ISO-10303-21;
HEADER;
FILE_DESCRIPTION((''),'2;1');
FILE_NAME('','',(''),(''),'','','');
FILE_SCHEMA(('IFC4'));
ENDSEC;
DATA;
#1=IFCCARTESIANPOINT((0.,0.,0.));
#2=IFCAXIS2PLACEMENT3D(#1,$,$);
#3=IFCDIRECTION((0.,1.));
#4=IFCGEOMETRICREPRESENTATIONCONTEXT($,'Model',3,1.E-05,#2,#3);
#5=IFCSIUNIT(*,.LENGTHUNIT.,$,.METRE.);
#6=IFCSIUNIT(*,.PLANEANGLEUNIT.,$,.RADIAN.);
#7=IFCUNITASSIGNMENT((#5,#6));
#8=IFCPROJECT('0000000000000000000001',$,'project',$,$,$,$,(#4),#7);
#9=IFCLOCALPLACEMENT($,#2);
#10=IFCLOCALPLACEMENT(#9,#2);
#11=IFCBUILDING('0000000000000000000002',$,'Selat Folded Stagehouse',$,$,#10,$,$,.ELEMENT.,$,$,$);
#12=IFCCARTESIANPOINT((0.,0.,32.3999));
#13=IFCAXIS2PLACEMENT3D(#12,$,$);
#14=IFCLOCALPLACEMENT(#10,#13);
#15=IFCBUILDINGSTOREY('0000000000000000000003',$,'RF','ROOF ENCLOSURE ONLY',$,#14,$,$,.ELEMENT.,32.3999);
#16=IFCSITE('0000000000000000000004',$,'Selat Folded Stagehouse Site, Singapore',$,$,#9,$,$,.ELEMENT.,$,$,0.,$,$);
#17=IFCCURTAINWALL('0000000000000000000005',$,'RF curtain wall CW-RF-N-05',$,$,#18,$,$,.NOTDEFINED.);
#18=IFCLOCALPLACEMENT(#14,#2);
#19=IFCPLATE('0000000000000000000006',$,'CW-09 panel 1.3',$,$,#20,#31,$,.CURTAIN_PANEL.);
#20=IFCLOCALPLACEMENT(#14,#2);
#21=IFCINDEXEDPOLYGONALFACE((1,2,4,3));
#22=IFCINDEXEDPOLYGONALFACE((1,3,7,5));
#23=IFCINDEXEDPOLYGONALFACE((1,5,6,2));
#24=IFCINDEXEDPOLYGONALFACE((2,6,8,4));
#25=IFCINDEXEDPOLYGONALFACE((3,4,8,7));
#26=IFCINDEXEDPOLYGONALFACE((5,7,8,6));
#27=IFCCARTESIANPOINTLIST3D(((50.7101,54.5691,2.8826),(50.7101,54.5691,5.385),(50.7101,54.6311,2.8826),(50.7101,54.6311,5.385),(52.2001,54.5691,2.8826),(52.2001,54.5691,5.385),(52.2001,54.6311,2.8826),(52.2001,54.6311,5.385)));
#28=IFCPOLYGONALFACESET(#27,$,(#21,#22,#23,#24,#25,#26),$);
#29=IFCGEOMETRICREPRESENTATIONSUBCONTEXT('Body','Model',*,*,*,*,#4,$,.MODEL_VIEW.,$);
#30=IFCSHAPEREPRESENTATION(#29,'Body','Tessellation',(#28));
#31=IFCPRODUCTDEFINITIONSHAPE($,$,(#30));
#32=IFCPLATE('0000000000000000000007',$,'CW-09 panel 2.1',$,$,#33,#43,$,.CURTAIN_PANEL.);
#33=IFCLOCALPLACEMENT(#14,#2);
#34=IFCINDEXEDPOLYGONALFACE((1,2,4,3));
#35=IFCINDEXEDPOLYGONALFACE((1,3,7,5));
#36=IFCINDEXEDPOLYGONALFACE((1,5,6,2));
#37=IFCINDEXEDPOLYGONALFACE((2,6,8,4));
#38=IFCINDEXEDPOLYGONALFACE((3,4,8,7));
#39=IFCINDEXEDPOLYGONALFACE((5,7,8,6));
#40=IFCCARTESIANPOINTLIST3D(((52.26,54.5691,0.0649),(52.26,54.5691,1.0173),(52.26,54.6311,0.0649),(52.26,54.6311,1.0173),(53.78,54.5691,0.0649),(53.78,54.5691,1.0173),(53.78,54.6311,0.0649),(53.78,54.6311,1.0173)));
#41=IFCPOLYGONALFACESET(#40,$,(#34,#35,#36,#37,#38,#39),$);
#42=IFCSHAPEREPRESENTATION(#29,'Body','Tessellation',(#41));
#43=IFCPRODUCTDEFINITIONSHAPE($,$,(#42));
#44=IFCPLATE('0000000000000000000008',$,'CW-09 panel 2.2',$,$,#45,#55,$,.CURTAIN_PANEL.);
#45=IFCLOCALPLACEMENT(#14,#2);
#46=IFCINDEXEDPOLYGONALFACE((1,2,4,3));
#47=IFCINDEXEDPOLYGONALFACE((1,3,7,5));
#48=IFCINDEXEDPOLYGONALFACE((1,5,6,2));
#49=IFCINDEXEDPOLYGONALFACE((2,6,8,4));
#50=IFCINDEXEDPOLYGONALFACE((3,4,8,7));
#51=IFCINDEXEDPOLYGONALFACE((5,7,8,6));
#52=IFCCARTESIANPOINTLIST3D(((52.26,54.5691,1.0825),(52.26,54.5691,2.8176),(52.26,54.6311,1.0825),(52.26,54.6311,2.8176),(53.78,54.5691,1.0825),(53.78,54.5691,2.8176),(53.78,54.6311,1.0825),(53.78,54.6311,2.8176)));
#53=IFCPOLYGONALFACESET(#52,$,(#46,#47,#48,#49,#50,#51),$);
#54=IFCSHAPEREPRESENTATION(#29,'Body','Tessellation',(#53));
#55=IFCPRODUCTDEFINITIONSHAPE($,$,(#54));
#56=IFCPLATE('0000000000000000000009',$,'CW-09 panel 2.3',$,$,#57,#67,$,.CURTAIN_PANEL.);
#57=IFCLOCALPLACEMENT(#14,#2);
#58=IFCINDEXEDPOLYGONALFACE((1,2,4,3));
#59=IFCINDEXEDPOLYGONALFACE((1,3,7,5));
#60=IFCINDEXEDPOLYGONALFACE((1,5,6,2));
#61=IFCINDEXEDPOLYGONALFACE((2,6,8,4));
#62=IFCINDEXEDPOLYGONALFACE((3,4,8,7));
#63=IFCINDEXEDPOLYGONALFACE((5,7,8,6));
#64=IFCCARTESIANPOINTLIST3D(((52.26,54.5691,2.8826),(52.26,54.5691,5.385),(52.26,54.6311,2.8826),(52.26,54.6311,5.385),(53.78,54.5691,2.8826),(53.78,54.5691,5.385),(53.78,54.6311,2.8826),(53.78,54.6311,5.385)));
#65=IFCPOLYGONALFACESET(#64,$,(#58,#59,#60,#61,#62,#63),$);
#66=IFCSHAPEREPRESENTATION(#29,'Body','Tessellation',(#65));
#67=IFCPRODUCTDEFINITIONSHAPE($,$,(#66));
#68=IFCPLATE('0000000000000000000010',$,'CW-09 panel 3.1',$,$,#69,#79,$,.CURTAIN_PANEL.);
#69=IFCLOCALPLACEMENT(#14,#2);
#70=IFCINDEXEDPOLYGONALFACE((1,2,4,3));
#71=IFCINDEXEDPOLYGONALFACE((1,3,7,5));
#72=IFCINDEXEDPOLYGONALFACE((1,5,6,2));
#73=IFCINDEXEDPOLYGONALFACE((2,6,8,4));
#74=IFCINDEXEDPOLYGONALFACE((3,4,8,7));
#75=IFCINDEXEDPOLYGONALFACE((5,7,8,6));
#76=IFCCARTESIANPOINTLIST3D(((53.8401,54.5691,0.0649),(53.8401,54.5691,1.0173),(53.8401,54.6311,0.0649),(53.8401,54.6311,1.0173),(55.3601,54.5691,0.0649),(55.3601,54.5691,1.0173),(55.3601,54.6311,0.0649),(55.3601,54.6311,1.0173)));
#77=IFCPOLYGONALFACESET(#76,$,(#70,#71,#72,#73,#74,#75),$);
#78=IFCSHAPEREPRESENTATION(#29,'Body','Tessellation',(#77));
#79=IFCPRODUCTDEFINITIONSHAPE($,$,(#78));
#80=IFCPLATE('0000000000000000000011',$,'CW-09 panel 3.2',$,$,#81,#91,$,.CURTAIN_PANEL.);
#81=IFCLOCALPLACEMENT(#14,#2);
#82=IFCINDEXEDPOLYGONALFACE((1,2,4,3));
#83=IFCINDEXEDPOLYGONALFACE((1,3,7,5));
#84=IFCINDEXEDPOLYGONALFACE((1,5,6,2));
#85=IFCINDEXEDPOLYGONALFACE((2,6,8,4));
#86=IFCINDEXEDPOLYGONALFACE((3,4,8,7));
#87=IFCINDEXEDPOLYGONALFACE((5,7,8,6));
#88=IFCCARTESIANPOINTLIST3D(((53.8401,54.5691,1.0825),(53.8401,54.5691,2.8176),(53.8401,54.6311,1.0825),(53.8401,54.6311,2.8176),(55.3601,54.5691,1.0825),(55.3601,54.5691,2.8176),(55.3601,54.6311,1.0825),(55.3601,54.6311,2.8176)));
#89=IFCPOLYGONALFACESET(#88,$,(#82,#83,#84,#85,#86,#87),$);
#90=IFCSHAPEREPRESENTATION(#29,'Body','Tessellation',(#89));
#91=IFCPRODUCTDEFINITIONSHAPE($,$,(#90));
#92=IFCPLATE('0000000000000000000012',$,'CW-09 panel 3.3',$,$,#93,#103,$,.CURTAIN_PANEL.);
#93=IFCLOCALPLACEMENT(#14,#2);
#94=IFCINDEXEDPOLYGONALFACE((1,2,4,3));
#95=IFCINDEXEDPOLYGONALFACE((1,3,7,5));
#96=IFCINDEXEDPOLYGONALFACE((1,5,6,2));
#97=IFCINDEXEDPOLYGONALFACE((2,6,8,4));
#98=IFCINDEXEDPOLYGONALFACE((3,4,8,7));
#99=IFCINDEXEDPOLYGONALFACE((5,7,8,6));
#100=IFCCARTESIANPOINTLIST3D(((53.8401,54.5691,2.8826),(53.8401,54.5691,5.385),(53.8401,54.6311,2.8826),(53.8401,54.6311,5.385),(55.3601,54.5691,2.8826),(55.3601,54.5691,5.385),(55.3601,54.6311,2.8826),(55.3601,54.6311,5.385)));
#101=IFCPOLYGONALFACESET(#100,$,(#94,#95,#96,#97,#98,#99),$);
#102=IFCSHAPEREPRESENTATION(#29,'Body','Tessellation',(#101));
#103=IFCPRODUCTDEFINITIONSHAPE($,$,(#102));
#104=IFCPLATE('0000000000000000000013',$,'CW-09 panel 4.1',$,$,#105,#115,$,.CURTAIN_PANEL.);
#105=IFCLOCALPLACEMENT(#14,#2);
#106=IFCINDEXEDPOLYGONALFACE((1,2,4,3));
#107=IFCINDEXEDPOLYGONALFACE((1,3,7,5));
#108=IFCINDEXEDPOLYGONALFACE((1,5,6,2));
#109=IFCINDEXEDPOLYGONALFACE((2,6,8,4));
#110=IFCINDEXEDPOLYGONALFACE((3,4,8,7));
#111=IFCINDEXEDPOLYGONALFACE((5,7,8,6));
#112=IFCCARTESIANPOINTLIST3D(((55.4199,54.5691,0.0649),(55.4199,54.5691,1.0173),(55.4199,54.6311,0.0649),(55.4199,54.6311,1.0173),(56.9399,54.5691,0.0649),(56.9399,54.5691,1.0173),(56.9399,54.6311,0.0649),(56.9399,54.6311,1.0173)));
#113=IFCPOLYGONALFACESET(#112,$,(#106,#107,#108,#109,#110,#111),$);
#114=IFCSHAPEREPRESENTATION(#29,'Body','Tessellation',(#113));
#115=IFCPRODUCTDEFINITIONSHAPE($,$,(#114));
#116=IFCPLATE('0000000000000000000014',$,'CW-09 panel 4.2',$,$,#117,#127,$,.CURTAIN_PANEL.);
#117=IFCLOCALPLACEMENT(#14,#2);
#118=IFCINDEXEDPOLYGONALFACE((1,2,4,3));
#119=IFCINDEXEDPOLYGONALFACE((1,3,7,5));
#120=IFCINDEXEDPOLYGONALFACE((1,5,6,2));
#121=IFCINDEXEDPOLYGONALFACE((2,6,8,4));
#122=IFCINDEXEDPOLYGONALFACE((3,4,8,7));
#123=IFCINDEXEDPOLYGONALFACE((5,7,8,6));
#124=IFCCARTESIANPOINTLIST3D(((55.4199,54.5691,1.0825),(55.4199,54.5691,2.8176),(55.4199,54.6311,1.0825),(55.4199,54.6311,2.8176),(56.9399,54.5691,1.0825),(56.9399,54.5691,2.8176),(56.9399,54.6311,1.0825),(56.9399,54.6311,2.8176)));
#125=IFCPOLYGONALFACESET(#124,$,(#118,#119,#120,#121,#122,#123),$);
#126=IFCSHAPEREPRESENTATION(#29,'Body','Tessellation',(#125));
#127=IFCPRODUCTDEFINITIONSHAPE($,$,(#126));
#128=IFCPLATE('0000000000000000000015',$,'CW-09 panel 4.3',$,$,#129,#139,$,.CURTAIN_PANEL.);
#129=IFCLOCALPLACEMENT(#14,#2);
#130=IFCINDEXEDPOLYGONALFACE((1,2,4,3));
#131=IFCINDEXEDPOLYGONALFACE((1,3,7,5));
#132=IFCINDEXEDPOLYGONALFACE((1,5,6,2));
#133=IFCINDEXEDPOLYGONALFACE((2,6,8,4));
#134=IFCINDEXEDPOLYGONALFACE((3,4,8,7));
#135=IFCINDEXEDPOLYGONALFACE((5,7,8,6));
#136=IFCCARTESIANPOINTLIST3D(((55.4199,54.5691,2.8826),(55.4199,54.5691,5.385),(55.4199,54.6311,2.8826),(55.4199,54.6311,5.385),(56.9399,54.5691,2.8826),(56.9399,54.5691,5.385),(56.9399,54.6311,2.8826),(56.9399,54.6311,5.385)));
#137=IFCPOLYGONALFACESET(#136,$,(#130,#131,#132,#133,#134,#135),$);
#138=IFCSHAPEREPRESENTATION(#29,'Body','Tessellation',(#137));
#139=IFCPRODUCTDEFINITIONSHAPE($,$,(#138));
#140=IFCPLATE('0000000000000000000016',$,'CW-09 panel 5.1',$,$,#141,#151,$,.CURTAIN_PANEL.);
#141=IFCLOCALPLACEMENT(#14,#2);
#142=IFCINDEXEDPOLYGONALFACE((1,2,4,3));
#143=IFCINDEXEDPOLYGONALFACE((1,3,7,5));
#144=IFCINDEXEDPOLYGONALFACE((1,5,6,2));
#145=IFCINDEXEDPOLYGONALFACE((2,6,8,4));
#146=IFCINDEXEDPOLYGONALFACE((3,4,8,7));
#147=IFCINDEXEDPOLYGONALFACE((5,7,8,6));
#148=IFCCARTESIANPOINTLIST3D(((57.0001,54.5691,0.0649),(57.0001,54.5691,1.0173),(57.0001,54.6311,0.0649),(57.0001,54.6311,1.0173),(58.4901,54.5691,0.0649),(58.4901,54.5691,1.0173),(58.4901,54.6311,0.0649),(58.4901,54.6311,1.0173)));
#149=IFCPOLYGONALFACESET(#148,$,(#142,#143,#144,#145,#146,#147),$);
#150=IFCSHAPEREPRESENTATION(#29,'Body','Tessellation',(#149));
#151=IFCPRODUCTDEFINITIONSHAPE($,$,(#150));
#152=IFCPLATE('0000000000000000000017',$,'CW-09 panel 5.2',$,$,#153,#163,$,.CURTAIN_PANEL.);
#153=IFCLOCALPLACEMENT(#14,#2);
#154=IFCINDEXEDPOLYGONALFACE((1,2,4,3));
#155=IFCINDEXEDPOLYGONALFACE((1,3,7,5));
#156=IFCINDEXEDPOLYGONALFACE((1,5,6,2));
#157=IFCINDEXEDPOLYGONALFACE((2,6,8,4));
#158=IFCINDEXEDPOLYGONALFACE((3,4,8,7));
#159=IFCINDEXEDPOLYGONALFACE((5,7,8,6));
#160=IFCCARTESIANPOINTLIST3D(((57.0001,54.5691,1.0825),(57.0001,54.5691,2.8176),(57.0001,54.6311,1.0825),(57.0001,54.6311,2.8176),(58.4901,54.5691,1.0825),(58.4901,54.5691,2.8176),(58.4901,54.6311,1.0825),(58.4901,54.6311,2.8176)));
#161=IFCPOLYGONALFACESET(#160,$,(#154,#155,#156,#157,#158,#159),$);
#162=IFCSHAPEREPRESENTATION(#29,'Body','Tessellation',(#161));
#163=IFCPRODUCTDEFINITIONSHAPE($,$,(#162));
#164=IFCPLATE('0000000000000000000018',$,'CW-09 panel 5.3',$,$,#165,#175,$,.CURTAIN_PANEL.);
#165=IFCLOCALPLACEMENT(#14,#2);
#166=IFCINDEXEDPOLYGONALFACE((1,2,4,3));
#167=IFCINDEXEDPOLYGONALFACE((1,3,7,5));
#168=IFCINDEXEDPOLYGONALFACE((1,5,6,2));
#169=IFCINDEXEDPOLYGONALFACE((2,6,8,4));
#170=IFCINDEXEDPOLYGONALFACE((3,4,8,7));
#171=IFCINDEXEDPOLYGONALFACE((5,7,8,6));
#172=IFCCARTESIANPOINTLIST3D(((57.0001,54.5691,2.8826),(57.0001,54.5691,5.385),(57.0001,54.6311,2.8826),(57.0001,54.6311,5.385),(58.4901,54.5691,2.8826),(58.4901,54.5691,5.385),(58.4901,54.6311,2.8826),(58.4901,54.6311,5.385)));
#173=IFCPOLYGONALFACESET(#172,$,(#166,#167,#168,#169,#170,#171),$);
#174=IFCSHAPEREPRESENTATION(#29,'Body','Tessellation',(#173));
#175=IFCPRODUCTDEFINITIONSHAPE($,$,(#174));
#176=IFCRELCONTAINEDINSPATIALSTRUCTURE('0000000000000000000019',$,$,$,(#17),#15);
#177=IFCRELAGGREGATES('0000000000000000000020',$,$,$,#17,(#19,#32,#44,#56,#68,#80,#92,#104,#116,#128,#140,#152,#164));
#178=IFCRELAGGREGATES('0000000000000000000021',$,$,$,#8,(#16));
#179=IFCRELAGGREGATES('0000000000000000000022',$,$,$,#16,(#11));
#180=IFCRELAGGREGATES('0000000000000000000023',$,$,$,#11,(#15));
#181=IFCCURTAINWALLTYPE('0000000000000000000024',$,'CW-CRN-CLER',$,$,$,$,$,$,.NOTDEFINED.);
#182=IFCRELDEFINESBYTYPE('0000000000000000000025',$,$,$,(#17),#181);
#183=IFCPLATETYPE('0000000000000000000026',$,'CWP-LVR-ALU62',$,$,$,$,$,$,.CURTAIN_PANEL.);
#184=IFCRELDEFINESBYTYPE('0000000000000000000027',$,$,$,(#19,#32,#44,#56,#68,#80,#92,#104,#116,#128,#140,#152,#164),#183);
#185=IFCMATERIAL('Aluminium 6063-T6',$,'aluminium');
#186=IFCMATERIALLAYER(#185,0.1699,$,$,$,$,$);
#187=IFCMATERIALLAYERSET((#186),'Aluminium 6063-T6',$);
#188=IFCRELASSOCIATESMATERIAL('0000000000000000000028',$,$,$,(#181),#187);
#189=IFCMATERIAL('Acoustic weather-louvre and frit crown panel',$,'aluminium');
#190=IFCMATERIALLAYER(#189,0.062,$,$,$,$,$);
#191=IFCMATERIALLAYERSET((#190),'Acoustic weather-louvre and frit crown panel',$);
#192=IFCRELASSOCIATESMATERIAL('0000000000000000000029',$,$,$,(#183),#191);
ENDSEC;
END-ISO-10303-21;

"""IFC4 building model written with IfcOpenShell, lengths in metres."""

from ifc_helpers import new_model, si_unit, direction, frame, origin, origin_2d, place, context, subcontext, project, spatial, rectangle, extrude, material, layer, layer_set, type_object, element, aggregate, save


model = new_model("IFC4")

# Units and contexts
model_context = context("Model", 3, precision=1e-05, world=origin(), true_north=direction((0.0, 1.0)))
body_context = subcontext(model_context, "Body", "Model", "MODEL_VIEW")
ifc_project = project(units=[si_unit("LENGTHUNIT", "METRE"), si_unit("PLANEANGLEUNIT", "RADIAN")], contexts=[model_context])

# Site, building, storey
site_placement = place(None, origin())
site = spatial("IfcSite", under=ifc_project, at=site_placement, Name="Selat Folded Stagehouse Site, Singapore", CompositionType="ELEMENT", RefElevation=0.0)
building_placement = place(site_placement, origin())
building = spatial("IfcBuilding", under=site, at=building_placement, Name="Selat Folded Stagehouse", CompositionType="ELEMENT")
storey_placement = place(building_placement, frame((0.0, 0.0, 32.3999)))
storey = spatial("IfcBuildingStorey", under=building, at=storey_placement, Name="RF", Description="ROOF ENCLOSURE ONLY", CompositionType="ELEMENT", Elevation=32.3999)

# Curtain wall, plates
ifc_material_1 = material(Name="Aluminium 6063-T6", Category="aluminium")
ifc_layer_1 = layer(ifc_material_1, 0.1699)
ifc_layer_set_1 = layer_set([ifc_layer_1], Name="Aluminium 6063-T6")
curtain_wall_type = type_object("IfcCurtainWallType", Name="CW-CRN-CLER", PredefinedType="NOTDEFINED", material=ifc_layer_set_1)
curtain_wall_placement = place(storey_placement, origin())
curtain_wall = element("IfcCurtainWall", 1, at=curtain_wall_placement, inside=storey, type_object=curtain_wall_type, Name="RF curtain wall CW-RF-N-05", PredefinedType="NOTDEFINED")
ifc_material_2 = material(Name="Acoustic weather-louvre and frit crown panel", Category="aluminium")
ifc_layer_2 = layer(ifc_material_2, 0.062)
ifc_layer_set_2 = layer_set([ifc_layer_2], Name="Acoustic weather-louvre and frit crown panel")
plate_type = type_object("IfcPlateType", Name="CWP-LVR-ALU62", PredefinedType="CURTAIN_PANEL", material=ifc_layer_set_2)
plate_1_placement = place(storey_placement, frame((51.4551, 54.6001, 2.8826), z_axis=(0.0, 0.0, 1.0), x_axis=(1.0, 0.0, 0.0)))
plate_1 = element("IfcPlate", 2, at=plate_1_placement, type_object=plate_type, Name="CW-09 panel 1.3", PredefinedType="CURTAIN_PANEL", context=body_context, shape_type="SweptSolid", body=[
    extrude(rectangle(XDim=1.49, YDim=0.062, at=origin_2d()), origin(), (0.0, 0.0, 1.0), 2.5024),
])
plate_2_placement = place(storey_placement, frame((53.02, 54.6001, 0.0649), z_axis=(0.0, 0.0, 1.0), x_axis=(1.0, 0.0, 0.0)))
plate_2 = element("IfcPlate", 3, at=plate_2_placement, type_object=plate_type, Name="CW-09 panel 2.1", PredefinedType="CURTAIN_PANEL", context=body_context, shape_type="SweptSolid", body=[
    extrude(rectangle(XDim=1.52, YDim=0.062, at=origin_2d()), origin(), (0.0, 0.0, 1.0), 0.9524),
])
plate_3_placement = place(storey_placement, frame((53.02, 54.6001, 1.0825), z_axis=(0.0, 0.0, 1.0), x_axis=(1.0, 0.0, 0.0)))
plate_3 = element("IfcPlate", 4, at=plate_3_placement, type_object=plate_type, Name="CW-09 panel 2.2", PredefinedType="CURTAIN_PANEL", context=body_context, shape_type="SweptSolid", body=[
    extrude(rectangle(XDim=1.52, YDim=0.062, at=origin_2d()), origin(), (0.0, 0.0, 1.0), 1.7351),
])
plate_4_placement = place(storey_placement, frame((53.02, 54.6001, 2.8826), z_axis=(0.0, 0.0, 1.0), x_axis=(1.0, 0.0, 0.0)))
plate_4 = element("IfcPlate", 5, at=plate_4_placement, type_object=plate_type, Name="CW-09 panel 2.3", PredefinedType="CURTAIN_PANEL", context=body_context, shape_type="SweptSolid", body=[
    extrude(rectangle(XDim=1.52, YDim=0.062, at=origin_2d()), origin(), (0.0, 0.0, 1.0), 2.5024),
])
plate_5_placement = place(storey_placement, frame((54.6001, 54.6001, 0.0649), z_axis=(0.0, 0.0, 1.0), x_axis=(1.0, 0.0, 0.0)))
plate_5 = element("IfcPlate", 6, at=plate_5_placement, type_object=plate_type, Name="CW-09 panel 3.1", PredefinedType="CURTAIN_PANEL", context=body_context, shape_type="SweptSolid", body=[
    extrude(rectangle(XDim=1.52, YDim=0.062, at=origin_2d()), origin(), (0.0, 0.0, 1.0), 0.9524),
])
plate_6_placement = place(storey_placement, frame((54.6001, 54.6001, 1.0825), z_axis=(0.0, 0.0, 1.0), x_axis=(1.0, 0.0, 0.0)))
plate_6 = element("IfcPlate", 7, at=plate_6_placement, type_object=plate_type, Name="CW-09 panel 3.2", PredefinedType="CURTAIN_PANEL", context=body_context, shape_type="SweptSolid", body=[
    extrude(rectangle(XDim=1.52, YDim=0.062, at=origin_2d()), origin(), (0.0, 0.0, 1.0), 1.7351),
])
plate_7_placement = place(storey_placement, frame((54.6001, 54.6001, 2.8826), z_axis=(0.0, 0.0, 1.0), x_axis=(1.0, 0.0, 0.0)))
plate_7 = element("IfcPlate", 8, at=plate_7_placement, type_object=plate_type, Name="CW-09 panel 3.3", PredefinedType="CURTAIN_PANEL", context=body_context, shape_type="SweptSolid", body=[
    extrude(rectangle(XDim=1.52, YDim=0.062, at=origin_2d()), origin(), (0.0, 0.0, 1.0), 2.5024),
])
plate_8_placement = place(storey_placement, frame((56.1799, 54.6001, 0.0649), z_axis=(0.0, 0.0, 1.0), x_axis=(1.0, 0.0, 0.0)))
plate_8 = element("IfcPlate", 9, at=plate_8_placement, type_object=plate_type, Name="CW-09 panel 4.1", PredefinedType="CURTAIN_PANEL", context=body_context, shape_type="SweptSolid", body=[
    extrude(rectangle(XDim=1.52, YDim=0.062, at=origin_2d()), origin(), (0.0, 0.0, 1.0), 0.9524),
])
plate_9_placement = place(storey_placement, frame((56.1799, 54.6001, 1.0825), z_axis=(0.0, 0.0, 1.0), x_axis=(1.0, 0.0, 0.0)))
plate_9 = element("IfcPlate", 10, at=plate_9_placement, type_object=plate_type, Name="CW-09 panel 4.2", PredefinedType="CURTAIN_PANEL", context=body_context, shape_type="SweptSolid", body=[
    extrude(rectangle(XDim=1.52, YDim=0.062, at=origin_2d()), origin(), (0.0, 0.0, 1.0), 1.7351),
])
plate_10_placement = place(storey_placement, frame((56.1799, 54.6001, 2.8826), z_axis=(0.0, 0.0, 1.0), x_axis=(1.0, 0.0, 0.0)))
plate_10 = element("IfcPlate", 11, at=plate_10_placement, type_object=plate_type, Name="CW-09 panel 4.3", PredefinedType="CURTAIN_PANEL", context=body_context, shape_type="SweptSolid", body=[
    extrude(rectangle(XDim=1.52, YDim=0.062, at=origin_2d()), origin(), (0.0, 0.0, 1.0), 2.5024),
])
plate_11_placement = place(storey_placement, frame((57.7451, 54.6001, 0.0649), z_axis=(0.0, 0.0, 1.0), x_axis=(1.0, 0.0, 0.0)))
plate_11 = element("IfcPlate", 12, at=plate_11_placement, type_object=plate_type, Name="CW-09 panel 5.1", PredefinedType="CURTAIN_PANEL", context=body_context, shape_type="SweptSolid", body=[
    extrude(rectangle(XDim=1.49, YDim=0.062, at=origin_2d()), origin(), (0.0, 0.0, 1.0), 0.9524),
])
plate_12_placement = place(storey_placement, frame((57.7451, 54.6001, 1.0825), z_axis=(0.0, 0.0, 1.0), x_axis=(1.0, 0.0, 0.0)))
plate_12 = element("IfcPlate", 13, at=plate_12_placement, type_object=plate_type, Name="CW-09 panel 5.2", PredefinedType="CURTAIN_PANEL", context=body_context, shape_type="SweptSolid", body=[
    extrude(rectangle(XDim=1.49, YDim=0.062, at=origin_2d()), origin(), (0.0, 0.0, 1.0), 1.7351),
])
plate_13_placement = place(storey_placement, frame((57.7451, 54.6001, 2.8826), z_axis=(0.0, 0.0, 1.0), x_axis=(1.0, 0.0, 0.0)))
plate_13 = element("IfcPlate", 14, at=plate_13_placement, type_object=plate_type, Name="CW-09 panel 5.3", PredefinedType="CURTAIN_PANEL", context=body_context, shape_type="SweptSolid", body=[
    extrude(rectangle(XDim=1.49, YDim=0.062, at=origin_2d()), origin(), (0.0, 0.0, 1.0), 2.5024),
])
aggregate(curtain_wall, [plate_1, plate_2, plate_3, plate_4, plate_5, plate_6, plate_7, plate_8, plate_9, plate_10, plate_11, plate_12, plate_13])

save(model, "model.ifc")
